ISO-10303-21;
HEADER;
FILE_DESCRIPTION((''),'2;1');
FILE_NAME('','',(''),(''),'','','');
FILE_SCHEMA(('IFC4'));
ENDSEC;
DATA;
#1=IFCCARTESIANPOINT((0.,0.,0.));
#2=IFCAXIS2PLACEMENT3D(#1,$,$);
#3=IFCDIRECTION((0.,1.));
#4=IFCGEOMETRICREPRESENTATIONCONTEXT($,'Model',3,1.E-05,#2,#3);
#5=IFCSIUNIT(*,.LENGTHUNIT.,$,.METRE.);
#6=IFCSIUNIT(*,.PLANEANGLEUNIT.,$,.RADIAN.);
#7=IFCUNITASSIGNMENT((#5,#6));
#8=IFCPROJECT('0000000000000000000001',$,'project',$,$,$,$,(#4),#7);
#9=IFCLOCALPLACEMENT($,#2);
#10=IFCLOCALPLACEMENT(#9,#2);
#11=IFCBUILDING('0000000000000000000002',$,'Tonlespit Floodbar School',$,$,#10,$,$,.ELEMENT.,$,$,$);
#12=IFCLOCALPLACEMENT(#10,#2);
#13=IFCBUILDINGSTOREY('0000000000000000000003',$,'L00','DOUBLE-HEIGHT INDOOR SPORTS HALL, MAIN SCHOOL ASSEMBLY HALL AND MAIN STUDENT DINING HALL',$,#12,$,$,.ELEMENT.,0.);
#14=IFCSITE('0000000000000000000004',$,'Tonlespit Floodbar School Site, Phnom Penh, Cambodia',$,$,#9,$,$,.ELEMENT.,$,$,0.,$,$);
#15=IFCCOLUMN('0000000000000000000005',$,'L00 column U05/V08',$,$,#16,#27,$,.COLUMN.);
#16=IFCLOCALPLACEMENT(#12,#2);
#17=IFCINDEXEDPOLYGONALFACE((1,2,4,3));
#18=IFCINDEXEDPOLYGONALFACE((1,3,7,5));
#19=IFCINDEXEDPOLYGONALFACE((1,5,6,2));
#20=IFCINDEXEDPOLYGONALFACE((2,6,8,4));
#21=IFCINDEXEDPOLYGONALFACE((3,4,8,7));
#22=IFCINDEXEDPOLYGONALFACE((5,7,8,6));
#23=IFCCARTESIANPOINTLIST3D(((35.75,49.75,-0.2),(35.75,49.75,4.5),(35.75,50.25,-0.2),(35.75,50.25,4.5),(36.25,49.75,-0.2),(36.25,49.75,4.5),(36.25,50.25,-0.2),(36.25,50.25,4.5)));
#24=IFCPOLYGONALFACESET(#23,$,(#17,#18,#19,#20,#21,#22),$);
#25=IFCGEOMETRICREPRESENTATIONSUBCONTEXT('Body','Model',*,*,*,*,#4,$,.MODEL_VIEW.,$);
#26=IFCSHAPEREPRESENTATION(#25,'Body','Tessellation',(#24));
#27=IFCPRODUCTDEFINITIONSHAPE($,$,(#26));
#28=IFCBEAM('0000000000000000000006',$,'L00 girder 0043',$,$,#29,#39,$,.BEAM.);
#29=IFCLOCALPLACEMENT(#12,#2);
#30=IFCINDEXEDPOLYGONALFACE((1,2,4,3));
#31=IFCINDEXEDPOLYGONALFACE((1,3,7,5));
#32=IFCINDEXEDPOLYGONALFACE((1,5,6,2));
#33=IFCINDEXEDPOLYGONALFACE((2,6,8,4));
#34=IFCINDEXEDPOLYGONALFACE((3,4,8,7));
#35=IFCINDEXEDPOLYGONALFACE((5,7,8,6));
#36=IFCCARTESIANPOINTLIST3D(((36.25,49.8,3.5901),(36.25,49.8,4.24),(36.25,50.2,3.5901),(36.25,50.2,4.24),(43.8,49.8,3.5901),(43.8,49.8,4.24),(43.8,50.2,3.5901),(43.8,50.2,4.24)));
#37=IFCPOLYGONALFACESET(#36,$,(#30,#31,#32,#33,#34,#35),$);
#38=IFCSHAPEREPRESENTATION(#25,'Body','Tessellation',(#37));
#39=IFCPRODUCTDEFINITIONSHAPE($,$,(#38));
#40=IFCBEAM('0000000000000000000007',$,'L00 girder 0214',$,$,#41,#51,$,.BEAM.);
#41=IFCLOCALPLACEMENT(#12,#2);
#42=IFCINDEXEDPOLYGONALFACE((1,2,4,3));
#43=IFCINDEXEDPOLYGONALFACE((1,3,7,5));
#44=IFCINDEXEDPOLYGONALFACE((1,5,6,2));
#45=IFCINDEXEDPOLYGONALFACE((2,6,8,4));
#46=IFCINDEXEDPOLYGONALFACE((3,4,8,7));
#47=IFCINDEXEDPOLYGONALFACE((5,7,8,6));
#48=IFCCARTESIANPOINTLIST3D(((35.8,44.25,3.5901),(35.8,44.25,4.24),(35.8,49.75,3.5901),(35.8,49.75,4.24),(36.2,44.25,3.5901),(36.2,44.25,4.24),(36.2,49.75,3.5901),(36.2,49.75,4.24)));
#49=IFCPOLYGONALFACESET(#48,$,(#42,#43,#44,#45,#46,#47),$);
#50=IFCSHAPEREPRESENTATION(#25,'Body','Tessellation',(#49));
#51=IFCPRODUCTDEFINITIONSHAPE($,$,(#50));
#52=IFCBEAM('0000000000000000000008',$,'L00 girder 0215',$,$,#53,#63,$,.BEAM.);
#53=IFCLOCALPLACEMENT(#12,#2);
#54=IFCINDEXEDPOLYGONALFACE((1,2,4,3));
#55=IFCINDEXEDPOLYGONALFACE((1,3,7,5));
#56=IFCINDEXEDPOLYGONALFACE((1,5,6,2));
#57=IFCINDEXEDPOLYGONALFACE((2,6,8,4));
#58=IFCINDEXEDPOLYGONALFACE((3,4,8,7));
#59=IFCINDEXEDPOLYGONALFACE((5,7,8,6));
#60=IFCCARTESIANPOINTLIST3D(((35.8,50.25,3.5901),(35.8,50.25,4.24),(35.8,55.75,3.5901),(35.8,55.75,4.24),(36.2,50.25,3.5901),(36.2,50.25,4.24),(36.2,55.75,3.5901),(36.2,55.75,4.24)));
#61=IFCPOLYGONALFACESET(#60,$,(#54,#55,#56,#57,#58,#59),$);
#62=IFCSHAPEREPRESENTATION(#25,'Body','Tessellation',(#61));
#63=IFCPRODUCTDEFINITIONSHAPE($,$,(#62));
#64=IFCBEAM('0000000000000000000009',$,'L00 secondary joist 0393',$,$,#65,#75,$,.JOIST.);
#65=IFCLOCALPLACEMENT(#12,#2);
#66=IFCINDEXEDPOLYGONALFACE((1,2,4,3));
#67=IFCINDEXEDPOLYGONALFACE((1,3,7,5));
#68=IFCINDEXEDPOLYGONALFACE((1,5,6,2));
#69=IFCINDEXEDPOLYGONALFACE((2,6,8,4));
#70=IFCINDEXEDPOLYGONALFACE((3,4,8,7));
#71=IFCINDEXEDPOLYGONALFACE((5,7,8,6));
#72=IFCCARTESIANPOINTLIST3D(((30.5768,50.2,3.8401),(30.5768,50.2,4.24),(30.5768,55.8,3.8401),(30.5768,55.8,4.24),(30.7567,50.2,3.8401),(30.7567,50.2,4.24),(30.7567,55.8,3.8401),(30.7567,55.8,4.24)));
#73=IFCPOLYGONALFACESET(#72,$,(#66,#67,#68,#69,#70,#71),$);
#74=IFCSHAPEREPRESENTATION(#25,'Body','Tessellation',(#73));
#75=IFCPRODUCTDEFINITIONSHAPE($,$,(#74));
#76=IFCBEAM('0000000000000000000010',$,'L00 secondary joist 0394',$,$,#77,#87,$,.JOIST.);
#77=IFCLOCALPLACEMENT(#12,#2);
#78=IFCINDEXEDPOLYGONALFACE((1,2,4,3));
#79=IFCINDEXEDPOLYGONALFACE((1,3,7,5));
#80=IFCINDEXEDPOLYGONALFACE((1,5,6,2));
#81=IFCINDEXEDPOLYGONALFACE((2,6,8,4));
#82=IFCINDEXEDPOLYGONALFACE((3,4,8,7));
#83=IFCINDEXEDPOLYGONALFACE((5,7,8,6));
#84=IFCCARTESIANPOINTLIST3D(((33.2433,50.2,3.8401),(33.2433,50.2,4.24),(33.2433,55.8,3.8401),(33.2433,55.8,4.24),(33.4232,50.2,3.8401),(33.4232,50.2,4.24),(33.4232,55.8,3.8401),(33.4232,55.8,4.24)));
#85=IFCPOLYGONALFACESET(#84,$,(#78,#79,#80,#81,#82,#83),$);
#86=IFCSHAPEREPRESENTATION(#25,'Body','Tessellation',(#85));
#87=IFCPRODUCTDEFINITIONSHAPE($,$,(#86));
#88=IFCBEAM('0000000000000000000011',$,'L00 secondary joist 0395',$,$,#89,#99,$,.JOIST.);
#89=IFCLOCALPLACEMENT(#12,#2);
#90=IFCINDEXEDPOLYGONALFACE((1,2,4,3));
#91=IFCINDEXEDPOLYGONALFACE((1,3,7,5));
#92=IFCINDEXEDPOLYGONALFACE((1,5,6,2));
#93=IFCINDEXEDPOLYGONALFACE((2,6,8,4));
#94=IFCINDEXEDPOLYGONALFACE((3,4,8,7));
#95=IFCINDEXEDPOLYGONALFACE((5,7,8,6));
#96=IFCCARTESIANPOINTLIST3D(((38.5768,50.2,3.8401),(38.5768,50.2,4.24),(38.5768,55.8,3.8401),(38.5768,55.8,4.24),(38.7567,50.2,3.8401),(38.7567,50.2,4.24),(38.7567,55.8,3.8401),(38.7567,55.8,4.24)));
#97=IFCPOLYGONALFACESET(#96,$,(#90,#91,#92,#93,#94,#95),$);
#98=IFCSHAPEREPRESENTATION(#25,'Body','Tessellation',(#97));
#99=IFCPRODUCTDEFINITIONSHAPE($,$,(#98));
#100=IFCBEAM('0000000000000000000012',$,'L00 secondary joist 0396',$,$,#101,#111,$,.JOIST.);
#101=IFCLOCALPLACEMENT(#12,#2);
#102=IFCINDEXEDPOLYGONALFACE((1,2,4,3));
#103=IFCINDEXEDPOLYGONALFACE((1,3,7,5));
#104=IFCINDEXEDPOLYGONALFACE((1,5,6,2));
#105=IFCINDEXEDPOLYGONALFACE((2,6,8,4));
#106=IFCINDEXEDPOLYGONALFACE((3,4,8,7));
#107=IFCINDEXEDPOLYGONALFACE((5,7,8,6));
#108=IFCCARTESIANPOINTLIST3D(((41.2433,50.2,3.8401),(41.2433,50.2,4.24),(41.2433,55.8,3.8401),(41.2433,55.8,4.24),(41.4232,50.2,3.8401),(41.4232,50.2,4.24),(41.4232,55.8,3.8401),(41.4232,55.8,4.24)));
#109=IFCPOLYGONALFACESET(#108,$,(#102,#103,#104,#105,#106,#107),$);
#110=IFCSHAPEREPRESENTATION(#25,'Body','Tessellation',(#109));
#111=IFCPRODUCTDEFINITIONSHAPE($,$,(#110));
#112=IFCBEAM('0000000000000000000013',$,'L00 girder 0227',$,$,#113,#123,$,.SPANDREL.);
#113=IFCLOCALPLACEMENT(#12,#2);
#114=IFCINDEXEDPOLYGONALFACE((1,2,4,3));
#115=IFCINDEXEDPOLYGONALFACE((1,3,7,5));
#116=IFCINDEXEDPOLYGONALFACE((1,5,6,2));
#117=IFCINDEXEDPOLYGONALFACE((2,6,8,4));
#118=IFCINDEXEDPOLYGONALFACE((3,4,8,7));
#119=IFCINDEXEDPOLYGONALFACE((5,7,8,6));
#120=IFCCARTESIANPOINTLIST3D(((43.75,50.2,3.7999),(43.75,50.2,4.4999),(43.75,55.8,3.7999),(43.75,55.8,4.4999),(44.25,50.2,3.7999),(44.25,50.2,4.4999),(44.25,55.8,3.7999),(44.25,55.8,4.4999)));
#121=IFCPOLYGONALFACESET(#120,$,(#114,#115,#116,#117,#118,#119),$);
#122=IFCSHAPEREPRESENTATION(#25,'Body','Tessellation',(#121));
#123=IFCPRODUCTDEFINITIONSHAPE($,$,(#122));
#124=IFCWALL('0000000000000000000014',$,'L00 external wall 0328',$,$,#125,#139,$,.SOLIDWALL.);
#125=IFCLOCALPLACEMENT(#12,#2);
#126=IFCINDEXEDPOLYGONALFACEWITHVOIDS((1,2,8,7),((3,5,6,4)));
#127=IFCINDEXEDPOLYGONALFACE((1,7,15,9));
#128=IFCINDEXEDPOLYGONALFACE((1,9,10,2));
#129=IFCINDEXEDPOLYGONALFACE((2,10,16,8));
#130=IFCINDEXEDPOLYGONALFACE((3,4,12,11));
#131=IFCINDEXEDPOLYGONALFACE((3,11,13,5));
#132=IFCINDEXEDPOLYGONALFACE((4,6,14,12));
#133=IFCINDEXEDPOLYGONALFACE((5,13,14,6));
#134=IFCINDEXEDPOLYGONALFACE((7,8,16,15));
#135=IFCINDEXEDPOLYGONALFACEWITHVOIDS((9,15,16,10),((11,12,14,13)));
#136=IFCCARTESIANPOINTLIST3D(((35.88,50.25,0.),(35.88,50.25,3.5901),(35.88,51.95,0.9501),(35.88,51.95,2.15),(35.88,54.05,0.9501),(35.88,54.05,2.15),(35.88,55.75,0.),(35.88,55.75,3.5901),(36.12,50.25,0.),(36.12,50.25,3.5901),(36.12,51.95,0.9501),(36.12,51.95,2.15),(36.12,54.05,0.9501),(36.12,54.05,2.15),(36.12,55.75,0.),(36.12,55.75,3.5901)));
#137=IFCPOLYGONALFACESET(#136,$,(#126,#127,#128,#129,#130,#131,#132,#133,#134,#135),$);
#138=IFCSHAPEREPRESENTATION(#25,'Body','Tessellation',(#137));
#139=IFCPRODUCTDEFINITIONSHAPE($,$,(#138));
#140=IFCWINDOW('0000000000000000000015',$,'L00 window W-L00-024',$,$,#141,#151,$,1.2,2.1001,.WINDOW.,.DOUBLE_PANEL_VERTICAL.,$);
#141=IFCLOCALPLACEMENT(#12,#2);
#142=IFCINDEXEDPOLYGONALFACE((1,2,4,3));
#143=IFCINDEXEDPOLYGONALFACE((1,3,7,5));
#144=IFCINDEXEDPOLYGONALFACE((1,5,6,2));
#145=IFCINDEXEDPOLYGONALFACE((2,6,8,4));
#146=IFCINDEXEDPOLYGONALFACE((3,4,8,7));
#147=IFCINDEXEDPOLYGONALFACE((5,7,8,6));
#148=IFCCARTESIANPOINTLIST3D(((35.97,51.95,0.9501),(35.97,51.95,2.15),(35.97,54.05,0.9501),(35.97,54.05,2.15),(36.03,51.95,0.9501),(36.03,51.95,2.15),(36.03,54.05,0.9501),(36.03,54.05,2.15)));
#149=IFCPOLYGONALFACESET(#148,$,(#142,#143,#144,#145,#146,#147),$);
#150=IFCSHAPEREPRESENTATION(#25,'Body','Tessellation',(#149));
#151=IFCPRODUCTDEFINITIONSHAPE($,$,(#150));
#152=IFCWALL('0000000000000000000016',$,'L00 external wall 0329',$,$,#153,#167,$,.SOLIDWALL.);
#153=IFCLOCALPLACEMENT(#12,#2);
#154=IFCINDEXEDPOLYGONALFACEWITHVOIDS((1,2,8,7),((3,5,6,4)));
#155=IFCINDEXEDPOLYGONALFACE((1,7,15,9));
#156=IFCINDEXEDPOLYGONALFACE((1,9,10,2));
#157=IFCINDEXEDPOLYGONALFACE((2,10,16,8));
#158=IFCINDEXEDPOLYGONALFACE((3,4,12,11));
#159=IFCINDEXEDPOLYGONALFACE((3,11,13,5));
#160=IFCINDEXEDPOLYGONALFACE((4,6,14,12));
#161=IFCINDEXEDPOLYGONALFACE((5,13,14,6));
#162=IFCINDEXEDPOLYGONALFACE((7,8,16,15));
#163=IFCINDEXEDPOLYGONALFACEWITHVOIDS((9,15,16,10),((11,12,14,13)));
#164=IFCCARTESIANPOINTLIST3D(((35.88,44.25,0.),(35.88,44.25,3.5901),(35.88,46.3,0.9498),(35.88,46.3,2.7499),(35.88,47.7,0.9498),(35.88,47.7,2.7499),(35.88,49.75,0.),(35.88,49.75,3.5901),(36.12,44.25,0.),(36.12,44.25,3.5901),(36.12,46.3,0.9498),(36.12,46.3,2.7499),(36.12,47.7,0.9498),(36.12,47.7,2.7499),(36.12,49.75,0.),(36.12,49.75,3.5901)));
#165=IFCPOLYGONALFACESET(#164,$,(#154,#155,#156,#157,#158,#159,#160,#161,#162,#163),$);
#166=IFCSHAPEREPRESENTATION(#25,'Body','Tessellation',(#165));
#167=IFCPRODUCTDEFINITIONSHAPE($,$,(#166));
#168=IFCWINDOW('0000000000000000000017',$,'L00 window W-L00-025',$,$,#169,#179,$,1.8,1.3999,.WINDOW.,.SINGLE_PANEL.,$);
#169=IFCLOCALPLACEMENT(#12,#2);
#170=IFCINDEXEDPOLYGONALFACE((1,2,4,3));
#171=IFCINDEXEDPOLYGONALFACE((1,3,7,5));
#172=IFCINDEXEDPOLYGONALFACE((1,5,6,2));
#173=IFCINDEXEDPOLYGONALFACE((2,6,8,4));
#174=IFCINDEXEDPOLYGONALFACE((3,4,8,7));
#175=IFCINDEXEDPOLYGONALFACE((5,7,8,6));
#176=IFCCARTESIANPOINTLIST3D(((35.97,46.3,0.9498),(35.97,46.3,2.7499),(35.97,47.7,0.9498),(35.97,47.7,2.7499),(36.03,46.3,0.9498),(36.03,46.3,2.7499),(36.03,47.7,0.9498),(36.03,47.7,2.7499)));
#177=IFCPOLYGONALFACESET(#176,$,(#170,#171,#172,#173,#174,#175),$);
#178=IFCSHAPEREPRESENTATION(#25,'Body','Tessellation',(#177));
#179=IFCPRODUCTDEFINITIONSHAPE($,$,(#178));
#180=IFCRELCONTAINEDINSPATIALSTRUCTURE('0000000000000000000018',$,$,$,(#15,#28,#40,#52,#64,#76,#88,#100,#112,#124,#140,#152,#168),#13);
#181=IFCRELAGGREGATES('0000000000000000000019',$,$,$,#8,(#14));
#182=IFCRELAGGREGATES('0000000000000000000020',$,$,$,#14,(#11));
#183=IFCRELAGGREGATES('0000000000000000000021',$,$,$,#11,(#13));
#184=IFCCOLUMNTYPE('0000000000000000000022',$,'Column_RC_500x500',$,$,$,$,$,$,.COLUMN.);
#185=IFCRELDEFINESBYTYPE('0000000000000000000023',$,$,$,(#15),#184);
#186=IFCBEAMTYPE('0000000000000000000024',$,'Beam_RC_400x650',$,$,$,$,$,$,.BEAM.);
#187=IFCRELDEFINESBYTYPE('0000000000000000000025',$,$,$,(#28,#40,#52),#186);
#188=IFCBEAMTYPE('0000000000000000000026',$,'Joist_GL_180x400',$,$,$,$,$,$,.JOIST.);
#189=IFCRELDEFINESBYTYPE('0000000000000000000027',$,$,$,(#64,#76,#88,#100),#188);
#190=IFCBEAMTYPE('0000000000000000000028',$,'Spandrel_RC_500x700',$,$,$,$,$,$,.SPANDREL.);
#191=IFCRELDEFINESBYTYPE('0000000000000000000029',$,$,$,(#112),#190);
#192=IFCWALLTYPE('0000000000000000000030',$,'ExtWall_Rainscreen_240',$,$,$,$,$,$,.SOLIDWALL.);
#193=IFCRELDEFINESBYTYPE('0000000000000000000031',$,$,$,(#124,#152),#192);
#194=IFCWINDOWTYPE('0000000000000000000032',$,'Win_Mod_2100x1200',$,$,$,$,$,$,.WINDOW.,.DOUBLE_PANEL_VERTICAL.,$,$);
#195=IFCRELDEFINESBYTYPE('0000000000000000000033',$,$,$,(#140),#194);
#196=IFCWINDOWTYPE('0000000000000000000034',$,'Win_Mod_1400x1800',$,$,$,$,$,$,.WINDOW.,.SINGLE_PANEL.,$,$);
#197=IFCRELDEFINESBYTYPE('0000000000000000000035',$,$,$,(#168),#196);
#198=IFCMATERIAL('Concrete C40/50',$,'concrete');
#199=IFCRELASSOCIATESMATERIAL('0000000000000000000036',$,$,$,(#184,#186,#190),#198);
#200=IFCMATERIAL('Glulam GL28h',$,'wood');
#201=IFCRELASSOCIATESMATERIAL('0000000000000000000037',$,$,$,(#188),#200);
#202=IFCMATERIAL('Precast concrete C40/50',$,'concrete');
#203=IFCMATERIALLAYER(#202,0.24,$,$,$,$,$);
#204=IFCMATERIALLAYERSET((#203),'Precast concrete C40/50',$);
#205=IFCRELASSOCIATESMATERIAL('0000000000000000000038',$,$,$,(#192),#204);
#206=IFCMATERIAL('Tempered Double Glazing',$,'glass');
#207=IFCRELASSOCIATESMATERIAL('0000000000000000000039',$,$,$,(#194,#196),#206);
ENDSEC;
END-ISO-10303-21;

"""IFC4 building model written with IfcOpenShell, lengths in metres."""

from ifc_helpers import new_model, si_unit, direction, frame, frame_2d, origin, origin_2d, place, context, subcontext, project, spatial, rectangle, extrude, material, layer, layer_set, material_profile, profile_set, type_object, element, fill, save


model = new_model("IFC4")

# Units and contexts
model_context = context("Model", 3, precision=1e-05, world=origin(), true_north=direction((0.0, 1.0)))
body_context = subcontext(model_context, "Body", "Model", "MODEL_VIEW")
ifc_project = project(units=[si_unit("LENGTHUNIT", "METRE"), si_unit("PLANEANGLEUNIT", "RADIAN")], contexts=[model_context])

# Site, building, storey
site_placement = place(None, origin())
site = spatial("IfcSite", under=ifc_project, at=site_placement, Name="Tonlespit Floodbar School Site, Phnom Penh, Cambodia", CompositionType="ELEMENT", RefElevation=0.0)
building_placement = place(site_placement, origin())
building = spatial("IfcBuilding", under=site, at=building_placement, Name="Tonlespit Floodbar School", CompositionType="ELEMENT")
storey_placement = place(building_placement, origin())
storey = spatial("IfcBuildingStorey", under=building, at=storey_placement, Name="L00", Description="DOUBLE-HEIGHT INDOOR SPORTS HALL, MAIN SCHOOL ASSEMBLY HALL AND MAIN STUDENT DINING HALL", CompositionType="ELEMENT", Elevation=0.0)

# Shared definitions
ifc_material_1 = material(Name="Concrete C40/50", Category="concrete")

# Column
ifc_material_profile_1 = material_profile(ifc_material_1, rectangle(XDim=0.5, YDim=0.5, at=origin_2d()), Name="RC 500x500")
ifc_profile_set_1 = profile_set([ifc_material_profile_1], Name="Concrete C40/50")
column_type_1 = type_object("IfcColumnType", Name="Column_RC_500x500", PredefinedType="COLUMN", material=ifc_profile_set_1)
column_1_placement = place(storey_placement, frame((36.0, 50.0, -0.2), z_axis=(0.0, 0.0, 1.0), x_axis=(1.0, 0.0, 0.0)))
element("IfcColumn", 1, at=column_1_placement, inside=storey, type_object=column_type_1, Name="L00 column U05/V08", PredefinedType="COLUMN", context=body_context, shape_type="SweptSolid", body=[
    extrude(rectangle(XDim=0.5, YDim=0.5, at=origin_2d()), origin(), (0.0, 0.0, 1.0), 4.7),
])

# Beams
ifc_material_profile_2 = material_profile(ifc_material_1, rectangle(XDim=0.3999, YDim=0.6499, at=origin_2d()), Name="RC 400x650")
ifc_profile_set_2 = profile_set([ifc_material_profile_2], Name="Concrete C40/50")
beam_type_1 = type_object("IfcBeamType", Name="Beam_RC_400x650", PredefinedType="BEAM", material=ifc_profile_set_2)
beam_1_placement = place(storey_placement, frame((36.25, 50.0, 3.915), z_axis=(1.0, 0.0, 0.0), x_axis=(0.0, 1.0, 0.0)))
element("IfcBeam", 2, at=beam_1_placement, inside=storey, type_object=beam_type_1, Name="L00 girder 0043", PredefinedType="BEAM", context=body_context, shape_type="SweptSolid", body=[
    extrude(rectangle(XDim=0.3999, YDim=0.6499, at=origin_2d()), origin(), (0.0, 0.0, 1.0), 7.55),
])
for number, where, z_axis, x_axis, name in (
    (3, (36.0, 44.25, 3.915), (0.0, 1.0, 0.0), (-1.0, 0.0, 0.0), "L00 girder 0214"),
    (4, (36.0, 50.25, 3.915), (0.0, 1.0, 0.0), (-1.0, 0.0, 0.0), "L00 girder 0215"),
):
    element("IfcBeam", number, at=place(storey_placement, frame(where, z_axis=z_axis, x_axis=x_axis)), inside=storey, type_object=beam_type_1, Name=name, PredefinedType="BEAM", context=body_context, shape_type="SweptSolid", body=[
        extrude(rectangle(XDim=0.3999, YDim=0.6499, at=origin_2d()), origin(), (0.0, 0.0, 1.0), 5.5),
    ])
ifc_material_2 = material(Name="Glulam GL28h", Category="wood")
ifc_material_profile_3 = material_profile(ifc_material_2, rectangle(XDim=0.1799, YDim=0.3999, at=origin_2d()), Name="GL 180x400")
ifc_profile_set_3 = profile_set([ifc_material_profile_3], Name="Glulam GL28h")
beam_type_2 = type_object("IfcBeamType", Name="Joist_GL_180x400", PredefinedType="JOIST", material=ifc_profile_set_3)
for number, where, z_axis, x_axis, name in (
    (5, (30.6667, 50.2, 4.04), (0.0, 1.0, 0.0), (-1.0, 0.0, 0.0), "L00 secondary joist 0393"),
    (6, (33.3333, 50.2, 4.04), (0.0, 1.0, 0.0), (-1.0, 0.0, 0.0), "L00 secondary joist 0394"),
    (7, (38.6667, 50.2, 4.04), (0.0, 1.0, 0.0), (-1.0, 0.0, 0.0), "L00 secondary joist 0395"),
    (8, (41.3333, 50.2, 4.04), (0.0, 1.0, 0.0), (-1.0, 0.0, 0.0), "L00 secondary joist 0396"),
):
    element("IfcBeam", number, at=place(storey_placement, frame(where, z_axis=z_axis, x_axis=x_axis)), inside=storey, type_object=beam_type_2, Name=name, PredefinedType="JOIST", context=body_context, shape_type="SweptSolid", body=[
        extrude(rectangle(XDim=0.1799, YDim=0.3999, at=origin_2d()), origin(), (0.0, 0.0, 1.0), 5.6001),
    ])
ifc_material_profile_4 = material_profile(ifc_material_1, rectangle(XDim=0.5, YDim=0.7, at=origin_2d()), Name="RC 500x700")
ifc_profile_set_4 = profile_set([ifc_material_profile_4], Name="Concrete C40/50")
beam_type_3 = type_object("IfcBeamType", Name="Spandrel_RC_500x700", PredefinedType="SPANDREL", material=ifc_profile_set_4)
beam_2_placement = place(storey_placement, frame((44.0, 50.2, 4.1499), z_axis=(0.0, 1.0, 0.0), x_axis=(-1.0, 0.0, 0.0)))
element("IfcBeam", 9, at=beam_2_placement, inside=storey, type_object=beam_type_3, Name="L00 girder 0227", PredefinedType="SPANDREL", context=body_context, shape_type="SweptSolid", body=[
    extrude(rectangle(XDim=0.5, YDim=0.7, at=origin_2d()), origin(), (0.0, 0.0, 1.0), 5.6001),
])

# Walls, openings, windows
ifc_material_3 = material(Name="Precast concrete C40/50", Category="concrete")
ifc_layer_1 = layer(ifc_material_3, 0.24)
ifc_layer_set_1 = layer_set([ifc_layer_1], Name="Precast concrete C40/50")
wall_type = type_object("IfcWallType", Name="ExtWall_Rainscreen_240", PredefinedType="SOLIDWALL", material=ifc_layer_set_1)
wall_1_placement = place(storey_placement, frame((36.0, 55.75, 0.0), z_axis=(0.0, 0.0, 1.0), x_axis=(0.0, -1.0, 0.0)))
wall_1 = element("IfcWall", 10, at=wall_1_placement, inside=storey, type_object=wall_type, Name="L00 external wall 0328", PredefinedType="SOLIDWALL", context=body_context, shape_type="SweptSolid", body=[
    extrude(rectangle(XDim=5.5, YDim=0.24, at=frame_2d((2.75, 0.0))), origin(), (0.0, 0.0, 1.0), 3.5901),
])
opening_1_placement = place(wall_1_placement, frame((1.7, 0.0, 0.95)))
opening_1 = element("IfcOpeningElement", 11, at=opening_1_placement, cuts=wall_1, PredefinedType="OPENING", context=body_context, shape_type="SweptSolid", body=[
    extrude(rectangle(XDim=2.1001, YDim=1.2, at=frame_2d((1.05, 0.6001))), frame((0.0, 0.1299, 0.0), z_axis=(0.0, -1.0, 0.0), x_axis=(1.0, 0.0, 0.0)), (0.0, 0.0, 1.0), 0.26),
])
ifc_material_4 = material(Name="Tempered Double Glazing", Category="glass")
window_type_1 = type_object("IfcWindowType", Name="Win_Mod_2100x1200", PartitioningType="DOUBLE_PANEL_VERTICAL", PredefinedType="WINDOW", material=ifc_material_4)
window_1_placement = place(opening_1_placement, origin())
window_1 = element("IfcWindow", 12, at=window_1_placement, inside=storey, type_object=window_type_1, Name="L00 window W-L00-024", OverallHeight=1.2, OverallWidth=2.1001, PartitioningType="DOUBLE_PANEL_VERTICAL", PredefinedType="WINDOW", context=body_context, shape_type="SweptSolid", body=[
    extrude(rectangle(XDim=2.1001, YDim=1.2, at=frame_2d((1.05, 0.6001))), frame((0.0, 0.03, 0.0), z_axis=(0.0, -1.0, 0.0), x_axis=(1.0, 0.0, 0.0)), (0.0, 0.0, 1.0), 0.0601),
])
fill(opening_1, window_1)
wall_2_placement = place(storey_placement, frame((36.0, 49.75, 0.0), z_axis=(0.0, 0.0, 1.0), x_axis=(0.0, -1.0, 0.0)))
wall_2 = element("IfcWall", 13, at=wall_2_placement, inside=storey, type_object=wall_type, Name="L00 external wall 0329", PredefinedType="SOLIDWALL", context=body_context, shape_type="SweptSolid", body=[
    extrude(rectangle(XDim=5.5, YDim=0.24, at=frame_2d((2.75, 0.0))), origin(), (0.0, 0.0, 1.0), 3.5901),
])
opening_2_placement = place(wall_2_placement, frame((2.05, 0.0, 0.95)))
opening_2 = element("IfcOpeningElement", 14, at=opening_2_placement, cuts=wall_2, PredefinedType="OPENING", context=body_context, shape_type="SweptSolid", body=[
    extrude(rectangle(XDim=1.3999, YDim=1.8, at=frame_2d((0.7, 0.8999))), frame((0.0, 0.1299, 0.0), z_axis=(0.0, -1.0, 0.0), x_axis=(1.0, 0.0, 0.0)), (0.0, 0.0, 1.0), 0.26),
])
window_type_2 = type_object("IfcWindowType", Name="Win_Mod_1400x1800", PartitioningType="SINGLE_PANEL", PredefinedType="WINDOW", material=ifc_material_4)
window_2_placement = place(opening_2_placement, origin())
window_2 = element("IfcWindow", 15, at=window_2_placement, inside=storey, type_object=window_type_2, Name="L00 window W-L00-025", OverallHeight=1.8, OverallWidth=1.3999, PartitioningType="SINGLE_PANEL", PredefinedType="WINDOW", context=body_context, shape_type="SweptSolid", body=[
    extrude(rectangle(XDim=1.3999, YDim=1.8, at=frame_2d((0.7, 0.8999))), frame((0.0, 0.03, 0.0), z_axis=(0.0, -1.0, 0.0), x_axis=(1.0, 0.0, 0.0)), (0.0, 0.0, 1.0), 0.0601),
])
fill(opening_2, window_2)

save(model, "model.ifc")
